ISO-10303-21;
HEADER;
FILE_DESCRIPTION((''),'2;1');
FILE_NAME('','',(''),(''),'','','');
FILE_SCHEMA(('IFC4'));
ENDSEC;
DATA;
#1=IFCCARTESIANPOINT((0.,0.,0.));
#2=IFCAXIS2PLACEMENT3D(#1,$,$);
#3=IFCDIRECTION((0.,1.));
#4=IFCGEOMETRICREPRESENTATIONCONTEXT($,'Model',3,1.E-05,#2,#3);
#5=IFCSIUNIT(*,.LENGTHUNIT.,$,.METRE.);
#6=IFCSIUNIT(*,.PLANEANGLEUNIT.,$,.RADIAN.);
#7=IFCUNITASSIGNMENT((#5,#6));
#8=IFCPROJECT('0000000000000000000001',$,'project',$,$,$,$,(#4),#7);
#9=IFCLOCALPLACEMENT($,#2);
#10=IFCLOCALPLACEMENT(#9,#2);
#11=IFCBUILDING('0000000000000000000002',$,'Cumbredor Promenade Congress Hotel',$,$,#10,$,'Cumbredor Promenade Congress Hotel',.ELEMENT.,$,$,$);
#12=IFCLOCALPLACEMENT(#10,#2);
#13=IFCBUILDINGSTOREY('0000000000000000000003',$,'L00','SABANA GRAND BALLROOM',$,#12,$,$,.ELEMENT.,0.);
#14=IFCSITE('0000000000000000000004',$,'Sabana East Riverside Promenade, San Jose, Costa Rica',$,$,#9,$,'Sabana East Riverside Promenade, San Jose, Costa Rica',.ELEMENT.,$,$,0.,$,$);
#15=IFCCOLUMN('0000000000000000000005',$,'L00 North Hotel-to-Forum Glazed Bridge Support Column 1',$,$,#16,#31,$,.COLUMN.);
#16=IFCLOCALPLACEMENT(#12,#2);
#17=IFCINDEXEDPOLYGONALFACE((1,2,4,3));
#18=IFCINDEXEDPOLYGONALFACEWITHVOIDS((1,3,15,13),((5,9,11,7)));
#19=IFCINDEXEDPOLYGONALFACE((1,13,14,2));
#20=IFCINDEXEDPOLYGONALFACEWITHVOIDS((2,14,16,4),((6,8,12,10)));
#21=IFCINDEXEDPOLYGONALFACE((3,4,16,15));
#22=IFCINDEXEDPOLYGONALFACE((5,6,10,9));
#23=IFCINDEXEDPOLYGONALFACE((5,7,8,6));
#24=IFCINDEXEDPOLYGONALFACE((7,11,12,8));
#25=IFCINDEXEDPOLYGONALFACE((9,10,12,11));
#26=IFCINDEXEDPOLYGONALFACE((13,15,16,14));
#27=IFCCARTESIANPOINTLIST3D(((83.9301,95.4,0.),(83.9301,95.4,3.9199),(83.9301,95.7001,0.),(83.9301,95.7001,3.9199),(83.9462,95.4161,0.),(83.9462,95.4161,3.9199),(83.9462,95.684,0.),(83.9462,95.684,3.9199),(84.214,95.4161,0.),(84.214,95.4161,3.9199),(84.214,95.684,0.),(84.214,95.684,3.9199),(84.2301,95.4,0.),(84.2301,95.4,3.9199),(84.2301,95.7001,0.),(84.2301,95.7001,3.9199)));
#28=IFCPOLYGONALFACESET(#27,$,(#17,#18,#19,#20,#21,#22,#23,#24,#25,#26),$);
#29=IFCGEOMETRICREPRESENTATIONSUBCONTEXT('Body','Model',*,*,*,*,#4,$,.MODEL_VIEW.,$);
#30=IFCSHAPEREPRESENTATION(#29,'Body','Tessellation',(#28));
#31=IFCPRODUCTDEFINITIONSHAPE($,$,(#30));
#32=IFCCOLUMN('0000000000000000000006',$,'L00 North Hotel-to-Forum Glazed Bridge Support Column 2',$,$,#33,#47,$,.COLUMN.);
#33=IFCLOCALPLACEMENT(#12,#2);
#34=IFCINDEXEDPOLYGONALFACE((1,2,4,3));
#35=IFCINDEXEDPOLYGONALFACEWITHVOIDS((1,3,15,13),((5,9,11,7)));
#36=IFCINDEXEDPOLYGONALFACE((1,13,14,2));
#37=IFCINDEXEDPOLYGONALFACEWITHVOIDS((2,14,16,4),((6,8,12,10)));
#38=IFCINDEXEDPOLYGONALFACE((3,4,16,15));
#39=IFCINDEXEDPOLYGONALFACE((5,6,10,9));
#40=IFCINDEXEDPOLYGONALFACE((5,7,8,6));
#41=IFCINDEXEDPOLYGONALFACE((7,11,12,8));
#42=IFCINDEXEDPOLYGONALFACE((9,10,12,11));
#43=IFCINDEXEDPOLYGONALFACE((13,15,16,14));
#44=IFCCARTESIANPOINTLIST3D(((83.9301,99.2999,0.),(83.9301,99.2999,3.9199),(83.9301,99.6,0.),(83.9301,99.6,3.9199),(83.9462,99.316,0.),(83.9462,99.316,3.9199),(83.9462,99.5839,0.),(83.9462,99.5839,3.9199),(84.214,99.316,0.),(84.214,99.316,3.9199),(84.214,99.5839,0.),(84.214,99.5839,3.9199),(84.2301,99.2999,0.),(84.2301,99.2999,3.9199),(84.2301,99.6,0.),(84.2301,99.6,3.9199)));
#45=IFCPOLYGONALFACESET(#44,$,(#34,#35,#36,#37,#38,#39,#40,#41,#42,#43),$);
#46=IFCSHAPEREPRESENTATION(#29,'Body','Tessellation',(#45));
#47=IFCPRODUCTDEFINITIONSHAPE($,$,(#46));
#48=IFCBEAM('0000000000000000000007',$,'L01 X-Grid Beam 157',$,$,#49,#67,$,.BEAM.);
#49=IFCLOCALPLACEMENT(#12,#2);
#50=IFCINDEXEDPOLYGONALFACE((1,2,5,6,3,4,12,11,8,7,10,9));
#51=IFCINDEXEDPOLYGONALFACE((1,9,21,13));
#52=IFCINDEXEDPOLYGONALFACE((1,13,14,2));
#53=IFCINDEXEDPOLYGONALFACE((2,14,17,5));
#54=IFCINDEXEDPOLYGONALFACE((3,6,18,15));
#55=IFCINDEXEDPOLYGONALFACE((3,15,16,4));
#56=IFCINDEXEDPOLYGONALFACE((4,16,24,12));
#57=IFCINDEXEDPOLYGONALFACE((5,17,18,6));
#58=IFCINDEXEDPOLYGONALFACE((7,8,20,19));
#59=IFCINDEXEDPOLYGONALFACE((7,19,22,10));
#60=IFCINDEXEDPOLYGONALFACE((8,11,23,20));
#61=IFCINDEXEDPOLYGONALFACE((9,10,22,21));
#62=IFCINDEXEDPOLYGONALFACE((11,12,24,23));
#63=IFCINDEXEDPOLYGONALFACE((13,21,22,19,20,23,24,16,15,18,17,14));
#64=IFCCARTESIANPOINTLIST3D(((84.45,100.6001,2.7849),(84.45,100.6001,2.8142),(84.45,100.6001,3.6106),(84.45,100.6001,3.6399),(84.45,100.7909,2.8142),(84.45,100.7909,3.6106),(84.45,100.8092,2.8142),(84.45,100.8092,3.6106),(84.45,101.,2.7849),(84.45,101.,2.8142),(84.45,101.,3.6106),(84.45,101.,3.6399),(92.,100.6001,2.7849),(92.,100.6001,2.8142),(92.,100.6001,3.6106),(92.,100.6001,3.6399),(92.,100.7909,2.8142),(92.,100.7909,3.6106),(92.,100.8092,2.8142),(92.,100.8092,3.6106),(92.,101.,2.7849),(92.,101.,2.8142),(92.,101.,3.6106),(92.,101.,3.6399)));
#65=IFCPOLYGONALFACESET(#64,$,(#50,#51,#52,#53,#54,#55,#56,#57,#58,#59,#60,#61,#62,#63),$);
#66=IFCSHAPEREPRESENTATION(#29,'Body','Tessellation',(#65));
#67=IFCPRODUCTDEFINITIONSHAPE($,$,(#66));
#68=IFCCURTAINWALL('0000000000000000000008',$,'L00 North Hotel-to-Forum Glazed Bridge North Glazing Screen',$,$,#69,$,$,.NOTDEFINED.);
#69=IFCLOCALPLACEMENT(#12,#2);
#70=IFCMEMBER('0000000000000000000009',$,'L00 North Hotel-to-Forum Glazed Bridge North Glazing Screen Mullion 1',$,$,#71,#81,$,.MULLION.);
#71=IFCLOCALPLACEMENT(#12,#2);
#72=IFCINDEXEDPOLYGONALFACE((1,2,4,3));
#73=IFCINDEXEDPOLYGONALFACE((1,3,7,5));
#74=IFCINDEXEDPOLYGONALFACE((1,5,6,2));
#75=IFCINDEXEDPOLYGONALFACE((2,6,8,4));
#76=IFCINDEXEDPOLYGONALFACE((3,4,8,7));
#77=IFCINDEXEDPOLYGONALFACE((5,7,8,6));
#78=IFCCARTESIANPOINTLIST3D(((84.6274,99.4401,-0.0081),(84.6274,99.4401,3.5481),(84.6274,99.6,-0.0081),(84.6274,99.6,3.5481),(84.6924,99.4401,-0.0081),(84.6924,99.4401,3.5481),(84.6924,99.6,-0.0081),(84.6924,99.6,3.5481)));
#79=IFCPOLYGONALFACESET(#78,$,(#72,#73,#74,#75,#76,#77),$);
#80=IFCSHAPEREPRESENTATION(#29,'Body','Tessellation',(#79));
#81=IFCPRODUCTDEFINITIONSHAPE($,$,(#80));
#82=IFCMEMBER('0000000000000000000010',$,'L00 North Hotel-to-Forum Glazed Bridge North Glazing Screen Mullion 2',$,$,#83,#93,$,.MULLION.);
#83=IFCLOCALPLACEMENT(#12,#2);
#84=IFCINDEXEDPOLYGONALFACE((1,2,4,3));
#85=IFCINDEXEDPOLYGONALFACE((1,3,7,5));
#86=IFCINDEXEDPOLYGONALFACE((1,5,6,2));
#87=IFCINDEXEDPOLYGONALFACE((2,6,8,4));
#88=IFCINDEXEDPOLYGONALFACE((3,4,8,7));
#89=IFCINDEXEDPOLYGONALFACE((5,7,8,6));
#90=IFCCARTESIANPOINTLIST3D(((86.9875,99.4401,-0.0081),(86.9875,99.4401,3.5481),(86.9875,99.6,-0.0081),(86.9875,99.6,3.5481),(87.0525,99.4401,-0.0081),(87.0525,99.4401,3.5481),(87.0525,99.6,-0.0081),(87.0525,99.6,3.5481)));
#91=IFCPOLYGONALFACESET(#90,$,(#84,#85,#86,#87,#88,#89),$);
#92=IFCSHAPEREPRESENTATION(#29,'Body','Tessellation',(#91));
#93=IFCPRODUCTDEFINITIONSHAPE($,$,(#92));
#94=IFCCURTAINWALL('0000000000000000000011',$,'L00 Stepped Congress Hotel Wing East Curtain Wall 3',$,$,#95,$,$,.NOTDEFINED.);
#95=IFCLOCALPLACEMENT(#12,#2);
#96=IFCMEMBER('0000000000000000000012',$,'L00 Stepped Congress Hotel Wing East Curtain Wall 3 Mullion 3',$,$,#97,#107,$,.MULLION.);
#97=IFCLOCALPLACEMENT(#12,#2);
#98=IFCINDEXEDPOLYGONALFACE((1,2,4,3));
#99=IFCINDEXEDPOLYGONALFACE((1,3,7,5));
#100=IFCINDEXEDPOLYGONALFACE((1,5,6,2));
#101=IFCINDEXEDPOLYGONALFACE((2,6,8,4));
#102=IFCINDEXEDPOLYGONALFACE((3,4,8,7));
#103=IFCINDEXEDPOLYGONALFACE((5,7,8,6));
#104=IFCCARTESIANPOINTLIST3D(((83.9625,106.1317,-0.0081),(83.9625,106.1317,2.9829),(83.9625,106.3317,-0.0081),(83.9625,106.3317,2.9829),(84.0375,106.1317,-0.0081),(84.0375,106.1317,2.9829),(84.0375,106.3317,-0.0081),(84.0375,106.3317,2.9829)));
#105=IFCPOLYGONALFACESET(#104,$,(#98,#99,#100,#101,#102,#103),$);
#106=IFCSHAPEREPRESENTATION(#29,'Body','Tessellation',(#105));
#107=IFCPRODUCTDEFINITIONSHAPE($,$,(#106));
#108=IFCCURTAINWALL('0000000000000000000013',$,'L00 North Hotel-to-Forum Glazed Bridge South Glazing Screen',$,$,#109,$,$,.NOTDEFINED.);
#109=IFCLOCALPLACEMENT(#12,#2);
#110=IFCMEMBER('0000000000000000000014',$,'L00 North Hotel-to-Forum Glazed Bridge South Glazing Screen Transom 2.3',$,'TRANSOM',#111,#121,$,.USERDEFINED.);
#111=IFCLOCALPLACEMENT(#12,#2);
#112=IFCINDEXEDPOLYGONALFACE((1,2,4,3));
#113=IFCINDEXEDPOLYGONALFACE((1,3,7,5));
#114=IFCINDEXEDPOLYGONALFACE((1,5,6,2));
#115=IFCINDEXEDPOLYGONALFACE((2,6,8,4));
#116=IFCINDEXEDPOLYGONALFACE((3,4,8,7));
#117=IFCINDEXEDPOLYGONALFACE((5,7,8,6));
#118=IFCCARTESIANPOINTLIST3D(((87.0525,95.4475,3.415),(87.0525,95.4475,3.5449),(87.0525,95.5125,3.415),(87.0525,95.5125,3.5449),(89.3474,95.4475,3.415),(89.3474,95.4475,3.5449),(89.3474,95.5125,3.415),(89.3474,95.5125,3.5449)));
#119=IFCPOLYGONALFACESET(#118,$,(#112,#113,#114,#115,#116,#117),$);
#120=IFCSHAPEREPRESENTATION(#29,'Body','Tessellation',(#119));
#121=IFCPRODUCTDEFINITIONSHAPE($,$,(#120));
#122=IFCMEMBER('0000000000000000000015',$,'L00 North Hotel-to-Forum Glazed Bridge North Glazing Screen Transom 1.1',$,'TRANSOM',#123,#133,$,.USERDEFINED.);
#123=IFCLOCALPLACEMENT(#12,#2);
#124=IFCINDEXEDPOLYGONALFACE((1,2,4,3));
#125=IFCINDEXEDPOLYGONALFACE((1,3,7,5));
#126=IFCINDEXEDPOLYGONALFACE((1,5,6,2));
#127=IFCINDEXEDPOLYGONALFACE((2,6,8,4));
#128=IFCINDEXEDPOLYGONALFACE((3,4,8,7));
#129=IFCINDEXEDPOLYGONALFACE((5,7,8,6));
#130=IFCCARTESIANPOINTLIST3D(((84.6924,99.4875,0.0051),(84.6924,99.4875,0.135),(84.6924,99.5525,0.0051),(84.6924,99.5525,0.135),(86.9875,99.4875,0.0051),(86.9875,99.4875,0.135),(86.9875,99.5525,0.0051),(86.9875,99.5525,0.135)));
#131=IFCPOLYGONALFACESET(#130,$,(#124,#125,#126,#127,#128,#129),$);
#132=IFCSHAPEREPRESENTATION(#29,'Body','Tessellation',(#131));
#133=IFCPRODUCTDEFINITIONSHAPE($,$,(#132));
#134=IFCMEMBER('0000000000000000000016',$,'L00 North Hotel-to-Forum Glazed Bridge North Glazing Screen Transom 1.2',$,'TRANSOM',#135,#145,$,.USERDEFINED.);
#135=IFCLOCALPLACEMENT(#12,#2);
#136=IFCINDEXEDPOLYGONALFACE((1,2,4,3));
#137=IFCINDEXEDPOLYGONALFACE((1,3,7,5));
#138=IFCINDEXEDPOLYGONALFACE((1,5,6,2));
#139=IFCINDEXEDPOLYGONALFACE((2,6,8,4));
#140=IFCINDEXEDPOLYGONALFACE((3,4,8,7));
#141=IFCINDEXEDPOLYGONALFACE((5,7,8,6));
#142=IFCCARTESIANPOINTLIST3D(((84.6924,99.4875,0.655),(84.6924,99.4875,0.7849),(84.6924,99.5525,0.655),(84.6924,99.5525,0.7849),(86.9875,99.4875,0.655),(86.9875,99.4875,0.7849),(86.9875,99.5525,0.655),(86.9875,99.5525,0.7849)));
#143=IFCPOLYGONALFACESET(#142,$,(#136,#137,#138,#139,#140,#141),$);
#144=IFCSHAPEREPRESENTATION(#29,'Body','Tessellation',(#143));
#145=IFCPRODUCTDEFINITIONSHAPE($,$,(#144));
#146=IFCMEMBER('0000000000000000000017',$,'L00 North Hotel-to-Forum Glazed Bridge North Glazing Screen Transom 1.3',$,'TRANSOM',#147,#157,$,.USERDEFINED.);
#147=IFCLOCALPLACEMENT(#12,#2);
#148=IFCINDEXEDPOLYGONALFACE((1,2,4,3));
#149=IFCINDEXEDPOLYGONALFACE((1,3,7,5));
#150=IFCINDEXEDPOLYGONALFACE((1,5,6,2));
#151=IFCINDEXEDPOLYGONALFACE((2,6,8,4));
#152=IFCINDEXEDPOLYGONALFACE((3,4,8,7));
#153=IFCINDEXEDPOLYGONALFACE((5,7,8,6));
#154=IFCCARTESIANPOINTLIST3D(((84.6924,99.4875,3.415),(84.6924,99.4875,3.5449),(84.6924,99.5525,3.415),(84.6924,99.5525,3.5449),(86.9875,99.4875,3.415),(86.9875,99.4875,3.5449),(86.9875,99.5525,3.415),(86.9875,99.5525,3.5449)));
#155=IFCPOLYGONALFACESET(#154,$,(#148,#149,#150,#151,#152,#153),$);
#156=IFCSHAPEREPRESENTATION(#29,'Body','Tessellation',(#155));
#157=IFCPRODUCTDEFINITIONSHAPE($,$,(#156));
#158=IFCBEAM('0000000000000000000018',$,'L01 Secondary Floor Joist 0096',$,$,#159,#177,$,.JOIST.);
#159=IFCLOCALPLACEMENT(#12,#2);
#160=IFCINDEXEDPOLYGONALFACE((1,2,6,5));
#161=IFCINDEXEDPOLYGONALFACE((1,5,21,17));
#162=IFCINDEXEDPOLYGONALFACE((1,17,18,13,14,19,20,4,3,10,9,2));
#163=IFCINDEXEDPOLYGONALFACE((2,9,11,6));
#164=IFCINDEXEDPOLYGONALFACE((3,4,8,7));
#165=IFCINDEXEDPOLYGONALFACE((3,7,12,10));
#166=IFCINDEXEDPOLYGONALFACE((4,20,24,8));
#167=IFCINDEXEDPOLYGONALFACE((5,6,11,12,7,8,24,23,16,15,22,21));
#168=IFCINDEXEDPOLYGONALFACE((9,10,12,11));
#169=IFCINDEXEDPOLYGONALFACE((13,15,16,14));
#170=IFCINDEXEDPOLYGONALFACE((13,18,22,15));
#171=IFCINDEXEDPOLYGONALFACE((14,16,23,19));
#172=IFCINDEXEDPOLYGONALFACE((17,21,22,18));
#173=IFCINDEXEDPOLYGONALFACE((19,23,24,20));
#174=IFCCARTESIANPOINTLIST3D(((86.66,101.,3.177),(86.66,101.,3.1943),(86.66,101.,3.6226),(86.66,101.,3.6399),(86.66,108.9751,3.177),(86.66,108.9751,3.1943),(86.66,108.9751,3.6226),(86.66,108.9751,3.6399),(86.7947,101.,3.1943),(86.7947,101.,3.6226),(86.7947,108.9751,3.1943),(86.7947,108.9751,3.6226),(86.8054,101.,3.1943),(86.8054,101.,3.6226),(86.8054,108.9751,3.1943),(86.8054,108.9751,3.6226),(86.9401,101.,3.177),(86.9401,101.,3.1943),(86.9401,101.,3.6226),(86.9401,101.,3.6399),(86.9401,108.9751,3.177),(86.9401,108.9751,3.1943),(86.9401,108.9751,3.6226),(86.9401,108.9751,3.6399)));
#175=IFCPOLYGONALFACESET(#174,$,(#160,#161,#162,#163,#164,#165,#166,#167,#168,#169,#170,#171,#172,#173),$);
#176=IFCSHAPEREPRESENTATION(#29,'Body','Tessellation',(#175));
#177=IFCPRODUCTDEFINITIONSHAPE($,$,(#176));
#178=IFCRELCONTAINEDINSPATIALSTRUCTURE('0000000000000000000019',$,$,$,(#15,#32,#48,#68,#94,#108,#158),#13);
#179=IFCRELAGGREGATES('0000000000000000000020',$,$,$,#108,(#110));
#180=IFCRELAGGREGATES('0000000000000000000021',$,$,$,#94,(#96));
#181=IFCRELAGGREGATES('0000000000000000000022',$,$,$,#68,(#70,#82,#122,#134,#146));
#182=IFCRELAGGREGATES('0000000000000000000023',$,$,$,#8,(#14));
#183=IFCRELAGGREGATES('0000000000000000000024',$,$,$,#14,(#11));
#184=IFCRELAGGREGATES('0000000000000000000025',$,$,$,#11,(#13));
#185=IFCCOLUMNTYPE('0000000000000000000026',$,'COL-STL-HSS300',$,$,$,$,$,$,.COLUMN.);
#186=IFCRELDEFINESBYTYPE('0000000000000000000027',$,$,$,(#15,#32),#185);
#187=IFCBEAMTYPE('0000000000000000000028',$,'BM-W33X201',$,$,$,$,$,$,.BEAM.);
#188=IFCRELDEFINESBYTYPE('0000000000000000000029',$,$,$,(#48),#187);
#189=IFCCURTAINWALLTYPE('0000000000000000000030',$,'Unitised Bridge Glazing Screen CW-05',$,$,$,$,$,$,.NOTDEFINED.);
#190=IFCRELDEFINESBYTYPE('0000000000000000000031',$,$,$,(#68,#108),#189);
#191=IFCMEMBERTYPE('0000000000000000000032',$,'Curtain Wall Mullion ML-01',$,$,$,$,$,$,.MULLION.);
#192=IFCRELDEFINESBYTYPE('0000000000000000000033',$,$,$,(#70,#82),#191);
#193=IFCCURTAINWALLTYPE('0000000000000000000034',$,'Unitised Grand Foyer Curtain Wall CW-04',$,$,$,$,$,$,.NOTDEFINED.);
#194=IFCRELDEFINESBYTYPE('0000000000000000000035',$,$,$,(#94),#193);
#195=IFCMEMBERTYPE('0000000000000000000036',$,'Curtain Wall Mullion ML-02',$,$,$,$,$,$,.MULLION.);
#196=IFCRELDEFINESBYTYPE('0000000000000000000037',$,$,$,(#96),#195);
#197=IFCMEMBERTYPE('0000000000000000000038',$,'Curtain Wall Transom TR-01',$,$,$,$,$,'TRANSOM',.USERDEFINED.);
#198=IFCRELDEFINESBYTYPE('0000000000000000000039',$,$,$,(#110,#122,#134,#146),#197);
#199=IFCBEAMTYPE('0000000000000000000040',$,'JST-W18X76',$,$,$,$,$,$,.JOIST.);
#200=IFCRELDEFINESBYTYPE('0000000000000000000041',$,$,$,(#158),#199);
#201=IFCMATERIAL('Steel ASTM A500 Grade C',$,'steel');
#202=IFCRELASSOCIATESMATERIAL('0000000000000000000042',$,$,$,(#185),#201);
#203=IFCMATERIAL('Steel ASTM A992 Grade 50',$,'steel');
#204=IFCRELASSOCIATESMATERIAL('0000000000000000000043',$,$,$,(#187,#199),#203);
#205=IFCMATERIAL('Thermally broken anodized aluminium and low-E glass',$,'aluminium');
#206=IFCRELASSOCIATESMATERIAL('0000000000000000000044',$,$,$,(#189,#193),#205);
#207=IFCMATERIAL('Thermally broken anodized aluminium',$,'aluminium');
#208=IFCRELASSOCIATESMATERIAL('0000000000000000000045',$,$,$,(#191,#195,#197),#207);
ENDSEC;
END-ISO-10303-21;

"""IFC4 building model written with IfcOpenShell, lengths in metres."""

from ifc_helpers import new_model, si_unit, direction, frame, origin, origin_2d, place, context, subcontext, project, spatial, rectangle, hollow_rectangle, i_section, extrude, material, material_profile, profile_set, type_object, element, aggregate, save


model = new_model("IFC4")

# Units and contexts
model_context = context("Model", 3, precision=1e-05, world=origin(), true_north=direction((0.0, 1.0)))
body_context = subcontext(model_context, "Body", "Model", "MODEL_VIEW")
ifc_project = project(units=[si_unit("LENGTHUNIT", "METRE"), si_unit("PLANEANGLEUNIT", "RADIAN")], contexts=[model_context])

# Site, building, storey
site_placement = place(None, origin())
site = spatial("IfcSite", under=ifc_project, at=site_placement, Name="Sabana East Riverside Promenade, San Jose, Costa Rica", LongName="Sabana East Riverside Promenade, San Jose, Costa Rica", CompositionType="ELEMENT", RefElevation=0.0)
building_placement = place(site_placement, origin())
building = spatial("IfcBuilding", under=site, at=building_placement, Name="Cumbredor Promenade Congress Hotel", LongName="Cumbredor Promenade Congress Hotel", CompositionType="ELEMENT")
storey_placement = place(building_placement, origin())
storey = spatial("IfcBuildingStorey", under=building, at=storey_placement, Name="L00", Description="SABANA GRAND BALLROOM", CompositionType="ELEMENT", Elevation=0.0)

# Columns
ifc_material_1 = material(Name="Steel ASTM A500 Grade C", Category="steel")
ifc_material_profile_1 = material_profile(ifc_material_1, hollow_rectangle(XDim=0.3, YDim=0.3, WallThickness=0.0161, at=origin_2d()), Name="HSS 300x300x16")
ifc_profile_set_1 = profile_set([ifc_material_profile_1], Name="Steel ASTM A500 Grade C")
column_type = type_object("IfcColumnType", Name="COL-STL-HSS300", PredefinedType="COLUMN", material=ifc_profile_set_1)
for number, where, z_axis, x_axis, name in (
    (1, (84.0801, 95.55, 0.0), (0.0, 0.0, 1.0), (1.0, 0.0, 0.0), "L00 North Hotel-to-Forum Glazed Bridge Support Column 1"),
    (2, (84.0801, 99.45, 0.0), (0.0, 0.0, 1.0), (1.0, 0.0, 0.0), "L00 North Hotel-to-Forum Glazed Bridge Support Column 2"),
):
    element("IfcColumn", number, at=place(storey_placement, frame(where, z_axis=z_axis, x_axis=x_axis)), inside=storey, type_object=column_type, Name=name, PredefinedType="COLUMN", context=body_context, shape_type="SweptSolid", body=[
        extrude(hollow_rectangle(XDim=0.3, YDim=0.3, WallThickness=0.0161, at=origin_2d()), origin(), (0.0, 0.0, 1.0), 3.9199),
    ])

# Beam
ifc_material_2 = material(Name="Steel ASTM A992 Grade 50", Category="steel")
ifc_material_profile_2 = material_profile(ifc_material_2, i_section(OverallWidth=0.3999, OverallDepth=0.855, WebThickness=0.0183, FlangeThickness=0.0293, at=origin_2d()), Name="W33X201")
ifc_profile_set_2 = profile_set([ifc_material_profile_2], Name="Steel ASTM A992 Grade 50")
beam_type_1 = type_object("IfcBeamType", Name="BM-W33X201", PredefinedType="BEAM", material=ifc_profile_set_2)
beam_1_placement = place(storey_placement, frame((84.45, 100.8, 3.2124), z_axis=(1.0, 0.0, 0.0), x_axis=(0.0, 1.0, 0.0)))
element("IfcBeam", 3, at=beam_1_placement, inside=storey, type_object=beam_type_1, Name="L01 X-Grid Beam 157", PredefinedType="BEAM", context=body_context, shape_type="SweptSolid", body=[
    extrude(i_section(OverallWidth=0.3999, OverallDepth=0.855, WebThickness=0.0183, FlangeThickness=0.0293, at=origin_2d()), origin(), (0.0, 0.0, 1.0), 7.55),
])

# Curtain wall, members
ifc_material_3 = material(Name="Thermally broken anodized aluminium and low-E glass", Category="aluminium")
curtain_wall_type_1 = type_object("IfcCurtainWallType", Name="Unitised Bridge Glazing Screen CW-05", PredefinedType="NOTDEFINED", material=ifc_material_3)
curtain_wall_1_placement = place(storey_placement, origin())
curtain_wall_1 = element("IfcCurtainWall", 4, at=curtain_wall_1_placement, inside=storey, type_object=curtain_wall_type_1, Name="L00 North Hotel-to-Forum Glazed Bridge North Glazing Screen", PredefinedType="NOTDEFINED")
ifc_material_4 = material(Name="Thermally broken anodized aluminium", Category="aluminium")
ifc_material_profile_3 = material_profile(ifc_material_4, rectangle(XDim=0.0649, YDim=0.1599, at=origin_2d()), Name="ALU MULLION 65x160")
ifc_profile_set_3 = profile_set([ifc_material_profile_3], Name="Thermally broken anodized aluminium")
member_type_1 = type_object("IfcMemberType", Name="Curtain Wall Mullion ML-01", PredefinedType="MULLION", material=ifc_profile_set_3)
member_1_placement = place(storey_placement, frame((84.6599, 99.52, -0.0081), z_axis=(0.0, 0.0, 1.0), x_axis=(1.0, 0.0, 0.0)))
member_1 = element("IfcMember", 5, at=member_1_placement, type_object=member_type_1, Name="L00 North Hotel-to-Forum Glazed Bridge North Glazing Screen Mullion 1", PredefinedType="MULLION", context=body_context, shape_type="SweptSolid", body=[
    extrude(rectangle(XDim=0.0649, YDim=0.1599, at=origin_2d()), origin(), (0.0, 0.0, 1.0), 3.5562),
])
member_2_placement = place(storey_placement, frame((87.02, 99.52, -0.0081), z_axis=(0.0, 0.0, 1.0), x_axis=(1.0, 0.0, 0.0)))
member_2 = element("IfcMember", 6, at=member_2_placement, type_object=member_type_1, Name="L00 North Hotel-to-Forum Glazed Bridge North Glazing Screen Mullion 2", PredefinedType="MULLION", context=body_context, shape_type="SweptSolid", body=[
    extrude(rectangle(XDim=0.0649, YDim=0.1599, at=origin_2d()), origin(), (0.0, 0.0, 1.0), 3.5562),
])

# Curtain walls, members
curtain_wall_type_2 = type_object("IfcCurtainWallType", Name="Unitised Grand Foyer Curtain Wall CW-04", PredefinedType="NOTDEFINED", material=ifc_material_3)
curtain_wall_2_placement = place(storey_placement, origin())
curtain_wall_2 = element("IfcCurtainWall", 7, at=curtain_wall_2_placement, inside=storey, type_object=curtain_wall_type_2, Name="L00 Stepped Congress Hotel Wing East Curtain Wall 3", PredefinedType="NOTDEFINED")
ifc_material_profile_4 = material_profile(ifc_material_4, rectangle(XDim=0.075, YDim=0.2, at=origin_2d()), Name="ALU MULLION 75x200")
ifc_profile_set_4 = profile_set([ifc_material_profile_4], Name="Thermally broken anodized aluminium")
member_type_2 = type_object("IfcMemberType", Name="Curtain Wall Mullion ML-02", PredefinedType="MULLION", material=ifc_profile_set_4)
member_3_placement = place(storey_placement, frame((84.0, 106.2317, -0.0081), z_axis=(0.0, 0.0, 1.0), x_axis=(1.0, 0.0, 0.0)))
member_3 = element("IfcMember", 8, at=member_3_placement, type_object=member_type_2, Name="L00 Stepped Congress Hotel Wing East Curtain Wall 3 Mullion 3", PredefinedType="MULLION", context=body_context, shape_type="SweptSolid", body=[
    extrude(rectangle(XDim=0.075, YDim=0.2, at=origin_2d()), origin(), (0.0, 0.0, 1.0), 2.991),
])
curtain_wall_3_placement = place(storey_placement, origin())
curtain_wall_3 = element("IfcCurtainWall", 9, at=curtain_wall_3_placement, inside=storey, type_object=curtain_wall_type_1, Name="L00 North Hotel-to-Forum Glazed Bridge South Glazing Screen", PredefinedType="NOTDEFINED")
ifc_material_profile_5 = material_profile(ifc_material_4, rectangle(XDim=0.0649, YDim=0.1299, at=origin_2d()), Name="ALU TRANSOM 65x130")
ifc_profile_set_5 = profile_set([ifc_material_profile_5], Name="Thermally broken anodized aluminium")
member_type_3 = type_object("IfcMemberType", Name="Curtain Wall Transom TR-01", ElementType="TRANSOM", PredefinedType="USERDEFINED", material=ifc_profile_set_5)
member_4_placement = place(storey_placement, frame((87.0525, 95.48, 3.48), z_axis=(1.0, 0.0, 0.0), x_axis=(0.0, 1.0, 0.0)))
member_4 = element("IfcMember", 10, at=member_4_placement, type_object=member_type_3, Name="L00 North Hotel-to-Forum Glazed Bridge South Glazing Screen Transom 2.3", ObjectType="TRANSOM", PredefinedType="USERDEFINED", context=body_context, shape_type="SweptSolid", body=[
    extrude(rectangle(XDim=0.0649, YDim=0.1299, at=origin_2d()), origin(), (0.0, 0.0, 1.0), 2.2949),
])
aggregate(curtain_wall_3, [member_4])

# Members
member_5_placement = place(storey_placement, frame((84.6924, 99.52, 0.0701), z_axis=(1.0, 0.0, 0.0), x_axis=(0.0, 1.0, 0.0)))
member_5 = element("IfcMember", 11, at=member_5_placement, type_object=member_type_3, Name="L00 North Hotel-to-Forum Glazed Bridge North Glazing Screen Transom 1.1", ObjectType="TRANSOM", PredefinedType="USERDEFINED", context=body_context, shape_type="SweptSolid", body=[
    extrude(rectangle(XDim=0.0649, YDim=0.1299, at=origin_2d()), origin(), (0.0, 0.0, 1.0), 2.2952),
])
member_6_placement = place(storey_placement, frame((84.6924, 99.52, 0.72), z_axis=(1.0, 0.0, 0.0), x_axis=(0.0, 1.0, 0.0)))
member_6 = element("IfcMember", 12, at=member_6_placement, type_object=member_type_3, Name="L00 North Hotel-to-Forum Glazed Bridge North Glazing Screen Transom 1.2", ObjectType="TRANSOM", PredefinedType="USERDEFINED", context=body_context, shape_type="SweptSolid", body=[
    extrude(rectangle(XDim=0.0649, YDim=0.1299, at=origin_2d()), origin(), (0.0, 0.0, 1.0), 2.2952),
])
member_7_placement = place(storey_placement, frame((84.6924, 99.52, 3.48), z_axis=(1.0, 0.0, 0.0), x_axis=(0.0, 1.0, 0.0)))
member_7 = element("IfcMember", 13, at=member_7_placement, type_object=member_type_3, Name="L00 North Hotel-to-Forum Glazed Bridge North Glazing Screen Transom 1.3", ObjectType="TRANSOM", PredefinedType="USERDEFINED", context=body_context, shape_type="SweptSolid", body=[
    extrude(rectangle(XDim=0.0649, YDim=0.1299, at=origin_2d()), origin(), (0.0, 0.0, 1.0), 2.2952),
])

# Beam
ifc_material_profile_6 = material_profile(ifc_material_2, i_section(OverallWidth=0.28, OverallDepth=0.4629, WebThickness=0.0107, FlangeThickness=0.0173, at=origin_2d()), Name="W18X76")
ifc_profile_set_6 = profile_set([ifc_material_profile_6], Name="Steel ASTM A992 Grade 50")
beam_type_2 = type_object("IfcBeamType", Name="JST-W18X76", PredefinedType="JOIST", material=ifc_profile_set_6)
beam_2_placement = place(storey_placement, frame((86.8, 101.0, 3.4084), z_axis=(0.0, 1.0, 0.0), x_axis=(-1.0, 0.0, 0.0)))
element("IfcBeam", 14, at=beam_2_placement, inside=storey, type_object=beam_type_2, Name="L01 Secondary Floor Joist 0096", PredefinedType="JOIST", context=body_context, shape_type="SweptSolid", body=[
    extrude(i_section(OverallWidth=0.28, OverallDepth=0.4629, WebThickness=0.0107, FlangeThickness=0.0173, at=origin_2d()), origin(), (0.0, 0.0, 1.0), 7.9751),
])

aggregate(curtain_wall_2, [member_3])

aggregate(curtain_wall_1, [member_1, member_2, member_5, member_6, member_7])

save(model, "model.ifc")
